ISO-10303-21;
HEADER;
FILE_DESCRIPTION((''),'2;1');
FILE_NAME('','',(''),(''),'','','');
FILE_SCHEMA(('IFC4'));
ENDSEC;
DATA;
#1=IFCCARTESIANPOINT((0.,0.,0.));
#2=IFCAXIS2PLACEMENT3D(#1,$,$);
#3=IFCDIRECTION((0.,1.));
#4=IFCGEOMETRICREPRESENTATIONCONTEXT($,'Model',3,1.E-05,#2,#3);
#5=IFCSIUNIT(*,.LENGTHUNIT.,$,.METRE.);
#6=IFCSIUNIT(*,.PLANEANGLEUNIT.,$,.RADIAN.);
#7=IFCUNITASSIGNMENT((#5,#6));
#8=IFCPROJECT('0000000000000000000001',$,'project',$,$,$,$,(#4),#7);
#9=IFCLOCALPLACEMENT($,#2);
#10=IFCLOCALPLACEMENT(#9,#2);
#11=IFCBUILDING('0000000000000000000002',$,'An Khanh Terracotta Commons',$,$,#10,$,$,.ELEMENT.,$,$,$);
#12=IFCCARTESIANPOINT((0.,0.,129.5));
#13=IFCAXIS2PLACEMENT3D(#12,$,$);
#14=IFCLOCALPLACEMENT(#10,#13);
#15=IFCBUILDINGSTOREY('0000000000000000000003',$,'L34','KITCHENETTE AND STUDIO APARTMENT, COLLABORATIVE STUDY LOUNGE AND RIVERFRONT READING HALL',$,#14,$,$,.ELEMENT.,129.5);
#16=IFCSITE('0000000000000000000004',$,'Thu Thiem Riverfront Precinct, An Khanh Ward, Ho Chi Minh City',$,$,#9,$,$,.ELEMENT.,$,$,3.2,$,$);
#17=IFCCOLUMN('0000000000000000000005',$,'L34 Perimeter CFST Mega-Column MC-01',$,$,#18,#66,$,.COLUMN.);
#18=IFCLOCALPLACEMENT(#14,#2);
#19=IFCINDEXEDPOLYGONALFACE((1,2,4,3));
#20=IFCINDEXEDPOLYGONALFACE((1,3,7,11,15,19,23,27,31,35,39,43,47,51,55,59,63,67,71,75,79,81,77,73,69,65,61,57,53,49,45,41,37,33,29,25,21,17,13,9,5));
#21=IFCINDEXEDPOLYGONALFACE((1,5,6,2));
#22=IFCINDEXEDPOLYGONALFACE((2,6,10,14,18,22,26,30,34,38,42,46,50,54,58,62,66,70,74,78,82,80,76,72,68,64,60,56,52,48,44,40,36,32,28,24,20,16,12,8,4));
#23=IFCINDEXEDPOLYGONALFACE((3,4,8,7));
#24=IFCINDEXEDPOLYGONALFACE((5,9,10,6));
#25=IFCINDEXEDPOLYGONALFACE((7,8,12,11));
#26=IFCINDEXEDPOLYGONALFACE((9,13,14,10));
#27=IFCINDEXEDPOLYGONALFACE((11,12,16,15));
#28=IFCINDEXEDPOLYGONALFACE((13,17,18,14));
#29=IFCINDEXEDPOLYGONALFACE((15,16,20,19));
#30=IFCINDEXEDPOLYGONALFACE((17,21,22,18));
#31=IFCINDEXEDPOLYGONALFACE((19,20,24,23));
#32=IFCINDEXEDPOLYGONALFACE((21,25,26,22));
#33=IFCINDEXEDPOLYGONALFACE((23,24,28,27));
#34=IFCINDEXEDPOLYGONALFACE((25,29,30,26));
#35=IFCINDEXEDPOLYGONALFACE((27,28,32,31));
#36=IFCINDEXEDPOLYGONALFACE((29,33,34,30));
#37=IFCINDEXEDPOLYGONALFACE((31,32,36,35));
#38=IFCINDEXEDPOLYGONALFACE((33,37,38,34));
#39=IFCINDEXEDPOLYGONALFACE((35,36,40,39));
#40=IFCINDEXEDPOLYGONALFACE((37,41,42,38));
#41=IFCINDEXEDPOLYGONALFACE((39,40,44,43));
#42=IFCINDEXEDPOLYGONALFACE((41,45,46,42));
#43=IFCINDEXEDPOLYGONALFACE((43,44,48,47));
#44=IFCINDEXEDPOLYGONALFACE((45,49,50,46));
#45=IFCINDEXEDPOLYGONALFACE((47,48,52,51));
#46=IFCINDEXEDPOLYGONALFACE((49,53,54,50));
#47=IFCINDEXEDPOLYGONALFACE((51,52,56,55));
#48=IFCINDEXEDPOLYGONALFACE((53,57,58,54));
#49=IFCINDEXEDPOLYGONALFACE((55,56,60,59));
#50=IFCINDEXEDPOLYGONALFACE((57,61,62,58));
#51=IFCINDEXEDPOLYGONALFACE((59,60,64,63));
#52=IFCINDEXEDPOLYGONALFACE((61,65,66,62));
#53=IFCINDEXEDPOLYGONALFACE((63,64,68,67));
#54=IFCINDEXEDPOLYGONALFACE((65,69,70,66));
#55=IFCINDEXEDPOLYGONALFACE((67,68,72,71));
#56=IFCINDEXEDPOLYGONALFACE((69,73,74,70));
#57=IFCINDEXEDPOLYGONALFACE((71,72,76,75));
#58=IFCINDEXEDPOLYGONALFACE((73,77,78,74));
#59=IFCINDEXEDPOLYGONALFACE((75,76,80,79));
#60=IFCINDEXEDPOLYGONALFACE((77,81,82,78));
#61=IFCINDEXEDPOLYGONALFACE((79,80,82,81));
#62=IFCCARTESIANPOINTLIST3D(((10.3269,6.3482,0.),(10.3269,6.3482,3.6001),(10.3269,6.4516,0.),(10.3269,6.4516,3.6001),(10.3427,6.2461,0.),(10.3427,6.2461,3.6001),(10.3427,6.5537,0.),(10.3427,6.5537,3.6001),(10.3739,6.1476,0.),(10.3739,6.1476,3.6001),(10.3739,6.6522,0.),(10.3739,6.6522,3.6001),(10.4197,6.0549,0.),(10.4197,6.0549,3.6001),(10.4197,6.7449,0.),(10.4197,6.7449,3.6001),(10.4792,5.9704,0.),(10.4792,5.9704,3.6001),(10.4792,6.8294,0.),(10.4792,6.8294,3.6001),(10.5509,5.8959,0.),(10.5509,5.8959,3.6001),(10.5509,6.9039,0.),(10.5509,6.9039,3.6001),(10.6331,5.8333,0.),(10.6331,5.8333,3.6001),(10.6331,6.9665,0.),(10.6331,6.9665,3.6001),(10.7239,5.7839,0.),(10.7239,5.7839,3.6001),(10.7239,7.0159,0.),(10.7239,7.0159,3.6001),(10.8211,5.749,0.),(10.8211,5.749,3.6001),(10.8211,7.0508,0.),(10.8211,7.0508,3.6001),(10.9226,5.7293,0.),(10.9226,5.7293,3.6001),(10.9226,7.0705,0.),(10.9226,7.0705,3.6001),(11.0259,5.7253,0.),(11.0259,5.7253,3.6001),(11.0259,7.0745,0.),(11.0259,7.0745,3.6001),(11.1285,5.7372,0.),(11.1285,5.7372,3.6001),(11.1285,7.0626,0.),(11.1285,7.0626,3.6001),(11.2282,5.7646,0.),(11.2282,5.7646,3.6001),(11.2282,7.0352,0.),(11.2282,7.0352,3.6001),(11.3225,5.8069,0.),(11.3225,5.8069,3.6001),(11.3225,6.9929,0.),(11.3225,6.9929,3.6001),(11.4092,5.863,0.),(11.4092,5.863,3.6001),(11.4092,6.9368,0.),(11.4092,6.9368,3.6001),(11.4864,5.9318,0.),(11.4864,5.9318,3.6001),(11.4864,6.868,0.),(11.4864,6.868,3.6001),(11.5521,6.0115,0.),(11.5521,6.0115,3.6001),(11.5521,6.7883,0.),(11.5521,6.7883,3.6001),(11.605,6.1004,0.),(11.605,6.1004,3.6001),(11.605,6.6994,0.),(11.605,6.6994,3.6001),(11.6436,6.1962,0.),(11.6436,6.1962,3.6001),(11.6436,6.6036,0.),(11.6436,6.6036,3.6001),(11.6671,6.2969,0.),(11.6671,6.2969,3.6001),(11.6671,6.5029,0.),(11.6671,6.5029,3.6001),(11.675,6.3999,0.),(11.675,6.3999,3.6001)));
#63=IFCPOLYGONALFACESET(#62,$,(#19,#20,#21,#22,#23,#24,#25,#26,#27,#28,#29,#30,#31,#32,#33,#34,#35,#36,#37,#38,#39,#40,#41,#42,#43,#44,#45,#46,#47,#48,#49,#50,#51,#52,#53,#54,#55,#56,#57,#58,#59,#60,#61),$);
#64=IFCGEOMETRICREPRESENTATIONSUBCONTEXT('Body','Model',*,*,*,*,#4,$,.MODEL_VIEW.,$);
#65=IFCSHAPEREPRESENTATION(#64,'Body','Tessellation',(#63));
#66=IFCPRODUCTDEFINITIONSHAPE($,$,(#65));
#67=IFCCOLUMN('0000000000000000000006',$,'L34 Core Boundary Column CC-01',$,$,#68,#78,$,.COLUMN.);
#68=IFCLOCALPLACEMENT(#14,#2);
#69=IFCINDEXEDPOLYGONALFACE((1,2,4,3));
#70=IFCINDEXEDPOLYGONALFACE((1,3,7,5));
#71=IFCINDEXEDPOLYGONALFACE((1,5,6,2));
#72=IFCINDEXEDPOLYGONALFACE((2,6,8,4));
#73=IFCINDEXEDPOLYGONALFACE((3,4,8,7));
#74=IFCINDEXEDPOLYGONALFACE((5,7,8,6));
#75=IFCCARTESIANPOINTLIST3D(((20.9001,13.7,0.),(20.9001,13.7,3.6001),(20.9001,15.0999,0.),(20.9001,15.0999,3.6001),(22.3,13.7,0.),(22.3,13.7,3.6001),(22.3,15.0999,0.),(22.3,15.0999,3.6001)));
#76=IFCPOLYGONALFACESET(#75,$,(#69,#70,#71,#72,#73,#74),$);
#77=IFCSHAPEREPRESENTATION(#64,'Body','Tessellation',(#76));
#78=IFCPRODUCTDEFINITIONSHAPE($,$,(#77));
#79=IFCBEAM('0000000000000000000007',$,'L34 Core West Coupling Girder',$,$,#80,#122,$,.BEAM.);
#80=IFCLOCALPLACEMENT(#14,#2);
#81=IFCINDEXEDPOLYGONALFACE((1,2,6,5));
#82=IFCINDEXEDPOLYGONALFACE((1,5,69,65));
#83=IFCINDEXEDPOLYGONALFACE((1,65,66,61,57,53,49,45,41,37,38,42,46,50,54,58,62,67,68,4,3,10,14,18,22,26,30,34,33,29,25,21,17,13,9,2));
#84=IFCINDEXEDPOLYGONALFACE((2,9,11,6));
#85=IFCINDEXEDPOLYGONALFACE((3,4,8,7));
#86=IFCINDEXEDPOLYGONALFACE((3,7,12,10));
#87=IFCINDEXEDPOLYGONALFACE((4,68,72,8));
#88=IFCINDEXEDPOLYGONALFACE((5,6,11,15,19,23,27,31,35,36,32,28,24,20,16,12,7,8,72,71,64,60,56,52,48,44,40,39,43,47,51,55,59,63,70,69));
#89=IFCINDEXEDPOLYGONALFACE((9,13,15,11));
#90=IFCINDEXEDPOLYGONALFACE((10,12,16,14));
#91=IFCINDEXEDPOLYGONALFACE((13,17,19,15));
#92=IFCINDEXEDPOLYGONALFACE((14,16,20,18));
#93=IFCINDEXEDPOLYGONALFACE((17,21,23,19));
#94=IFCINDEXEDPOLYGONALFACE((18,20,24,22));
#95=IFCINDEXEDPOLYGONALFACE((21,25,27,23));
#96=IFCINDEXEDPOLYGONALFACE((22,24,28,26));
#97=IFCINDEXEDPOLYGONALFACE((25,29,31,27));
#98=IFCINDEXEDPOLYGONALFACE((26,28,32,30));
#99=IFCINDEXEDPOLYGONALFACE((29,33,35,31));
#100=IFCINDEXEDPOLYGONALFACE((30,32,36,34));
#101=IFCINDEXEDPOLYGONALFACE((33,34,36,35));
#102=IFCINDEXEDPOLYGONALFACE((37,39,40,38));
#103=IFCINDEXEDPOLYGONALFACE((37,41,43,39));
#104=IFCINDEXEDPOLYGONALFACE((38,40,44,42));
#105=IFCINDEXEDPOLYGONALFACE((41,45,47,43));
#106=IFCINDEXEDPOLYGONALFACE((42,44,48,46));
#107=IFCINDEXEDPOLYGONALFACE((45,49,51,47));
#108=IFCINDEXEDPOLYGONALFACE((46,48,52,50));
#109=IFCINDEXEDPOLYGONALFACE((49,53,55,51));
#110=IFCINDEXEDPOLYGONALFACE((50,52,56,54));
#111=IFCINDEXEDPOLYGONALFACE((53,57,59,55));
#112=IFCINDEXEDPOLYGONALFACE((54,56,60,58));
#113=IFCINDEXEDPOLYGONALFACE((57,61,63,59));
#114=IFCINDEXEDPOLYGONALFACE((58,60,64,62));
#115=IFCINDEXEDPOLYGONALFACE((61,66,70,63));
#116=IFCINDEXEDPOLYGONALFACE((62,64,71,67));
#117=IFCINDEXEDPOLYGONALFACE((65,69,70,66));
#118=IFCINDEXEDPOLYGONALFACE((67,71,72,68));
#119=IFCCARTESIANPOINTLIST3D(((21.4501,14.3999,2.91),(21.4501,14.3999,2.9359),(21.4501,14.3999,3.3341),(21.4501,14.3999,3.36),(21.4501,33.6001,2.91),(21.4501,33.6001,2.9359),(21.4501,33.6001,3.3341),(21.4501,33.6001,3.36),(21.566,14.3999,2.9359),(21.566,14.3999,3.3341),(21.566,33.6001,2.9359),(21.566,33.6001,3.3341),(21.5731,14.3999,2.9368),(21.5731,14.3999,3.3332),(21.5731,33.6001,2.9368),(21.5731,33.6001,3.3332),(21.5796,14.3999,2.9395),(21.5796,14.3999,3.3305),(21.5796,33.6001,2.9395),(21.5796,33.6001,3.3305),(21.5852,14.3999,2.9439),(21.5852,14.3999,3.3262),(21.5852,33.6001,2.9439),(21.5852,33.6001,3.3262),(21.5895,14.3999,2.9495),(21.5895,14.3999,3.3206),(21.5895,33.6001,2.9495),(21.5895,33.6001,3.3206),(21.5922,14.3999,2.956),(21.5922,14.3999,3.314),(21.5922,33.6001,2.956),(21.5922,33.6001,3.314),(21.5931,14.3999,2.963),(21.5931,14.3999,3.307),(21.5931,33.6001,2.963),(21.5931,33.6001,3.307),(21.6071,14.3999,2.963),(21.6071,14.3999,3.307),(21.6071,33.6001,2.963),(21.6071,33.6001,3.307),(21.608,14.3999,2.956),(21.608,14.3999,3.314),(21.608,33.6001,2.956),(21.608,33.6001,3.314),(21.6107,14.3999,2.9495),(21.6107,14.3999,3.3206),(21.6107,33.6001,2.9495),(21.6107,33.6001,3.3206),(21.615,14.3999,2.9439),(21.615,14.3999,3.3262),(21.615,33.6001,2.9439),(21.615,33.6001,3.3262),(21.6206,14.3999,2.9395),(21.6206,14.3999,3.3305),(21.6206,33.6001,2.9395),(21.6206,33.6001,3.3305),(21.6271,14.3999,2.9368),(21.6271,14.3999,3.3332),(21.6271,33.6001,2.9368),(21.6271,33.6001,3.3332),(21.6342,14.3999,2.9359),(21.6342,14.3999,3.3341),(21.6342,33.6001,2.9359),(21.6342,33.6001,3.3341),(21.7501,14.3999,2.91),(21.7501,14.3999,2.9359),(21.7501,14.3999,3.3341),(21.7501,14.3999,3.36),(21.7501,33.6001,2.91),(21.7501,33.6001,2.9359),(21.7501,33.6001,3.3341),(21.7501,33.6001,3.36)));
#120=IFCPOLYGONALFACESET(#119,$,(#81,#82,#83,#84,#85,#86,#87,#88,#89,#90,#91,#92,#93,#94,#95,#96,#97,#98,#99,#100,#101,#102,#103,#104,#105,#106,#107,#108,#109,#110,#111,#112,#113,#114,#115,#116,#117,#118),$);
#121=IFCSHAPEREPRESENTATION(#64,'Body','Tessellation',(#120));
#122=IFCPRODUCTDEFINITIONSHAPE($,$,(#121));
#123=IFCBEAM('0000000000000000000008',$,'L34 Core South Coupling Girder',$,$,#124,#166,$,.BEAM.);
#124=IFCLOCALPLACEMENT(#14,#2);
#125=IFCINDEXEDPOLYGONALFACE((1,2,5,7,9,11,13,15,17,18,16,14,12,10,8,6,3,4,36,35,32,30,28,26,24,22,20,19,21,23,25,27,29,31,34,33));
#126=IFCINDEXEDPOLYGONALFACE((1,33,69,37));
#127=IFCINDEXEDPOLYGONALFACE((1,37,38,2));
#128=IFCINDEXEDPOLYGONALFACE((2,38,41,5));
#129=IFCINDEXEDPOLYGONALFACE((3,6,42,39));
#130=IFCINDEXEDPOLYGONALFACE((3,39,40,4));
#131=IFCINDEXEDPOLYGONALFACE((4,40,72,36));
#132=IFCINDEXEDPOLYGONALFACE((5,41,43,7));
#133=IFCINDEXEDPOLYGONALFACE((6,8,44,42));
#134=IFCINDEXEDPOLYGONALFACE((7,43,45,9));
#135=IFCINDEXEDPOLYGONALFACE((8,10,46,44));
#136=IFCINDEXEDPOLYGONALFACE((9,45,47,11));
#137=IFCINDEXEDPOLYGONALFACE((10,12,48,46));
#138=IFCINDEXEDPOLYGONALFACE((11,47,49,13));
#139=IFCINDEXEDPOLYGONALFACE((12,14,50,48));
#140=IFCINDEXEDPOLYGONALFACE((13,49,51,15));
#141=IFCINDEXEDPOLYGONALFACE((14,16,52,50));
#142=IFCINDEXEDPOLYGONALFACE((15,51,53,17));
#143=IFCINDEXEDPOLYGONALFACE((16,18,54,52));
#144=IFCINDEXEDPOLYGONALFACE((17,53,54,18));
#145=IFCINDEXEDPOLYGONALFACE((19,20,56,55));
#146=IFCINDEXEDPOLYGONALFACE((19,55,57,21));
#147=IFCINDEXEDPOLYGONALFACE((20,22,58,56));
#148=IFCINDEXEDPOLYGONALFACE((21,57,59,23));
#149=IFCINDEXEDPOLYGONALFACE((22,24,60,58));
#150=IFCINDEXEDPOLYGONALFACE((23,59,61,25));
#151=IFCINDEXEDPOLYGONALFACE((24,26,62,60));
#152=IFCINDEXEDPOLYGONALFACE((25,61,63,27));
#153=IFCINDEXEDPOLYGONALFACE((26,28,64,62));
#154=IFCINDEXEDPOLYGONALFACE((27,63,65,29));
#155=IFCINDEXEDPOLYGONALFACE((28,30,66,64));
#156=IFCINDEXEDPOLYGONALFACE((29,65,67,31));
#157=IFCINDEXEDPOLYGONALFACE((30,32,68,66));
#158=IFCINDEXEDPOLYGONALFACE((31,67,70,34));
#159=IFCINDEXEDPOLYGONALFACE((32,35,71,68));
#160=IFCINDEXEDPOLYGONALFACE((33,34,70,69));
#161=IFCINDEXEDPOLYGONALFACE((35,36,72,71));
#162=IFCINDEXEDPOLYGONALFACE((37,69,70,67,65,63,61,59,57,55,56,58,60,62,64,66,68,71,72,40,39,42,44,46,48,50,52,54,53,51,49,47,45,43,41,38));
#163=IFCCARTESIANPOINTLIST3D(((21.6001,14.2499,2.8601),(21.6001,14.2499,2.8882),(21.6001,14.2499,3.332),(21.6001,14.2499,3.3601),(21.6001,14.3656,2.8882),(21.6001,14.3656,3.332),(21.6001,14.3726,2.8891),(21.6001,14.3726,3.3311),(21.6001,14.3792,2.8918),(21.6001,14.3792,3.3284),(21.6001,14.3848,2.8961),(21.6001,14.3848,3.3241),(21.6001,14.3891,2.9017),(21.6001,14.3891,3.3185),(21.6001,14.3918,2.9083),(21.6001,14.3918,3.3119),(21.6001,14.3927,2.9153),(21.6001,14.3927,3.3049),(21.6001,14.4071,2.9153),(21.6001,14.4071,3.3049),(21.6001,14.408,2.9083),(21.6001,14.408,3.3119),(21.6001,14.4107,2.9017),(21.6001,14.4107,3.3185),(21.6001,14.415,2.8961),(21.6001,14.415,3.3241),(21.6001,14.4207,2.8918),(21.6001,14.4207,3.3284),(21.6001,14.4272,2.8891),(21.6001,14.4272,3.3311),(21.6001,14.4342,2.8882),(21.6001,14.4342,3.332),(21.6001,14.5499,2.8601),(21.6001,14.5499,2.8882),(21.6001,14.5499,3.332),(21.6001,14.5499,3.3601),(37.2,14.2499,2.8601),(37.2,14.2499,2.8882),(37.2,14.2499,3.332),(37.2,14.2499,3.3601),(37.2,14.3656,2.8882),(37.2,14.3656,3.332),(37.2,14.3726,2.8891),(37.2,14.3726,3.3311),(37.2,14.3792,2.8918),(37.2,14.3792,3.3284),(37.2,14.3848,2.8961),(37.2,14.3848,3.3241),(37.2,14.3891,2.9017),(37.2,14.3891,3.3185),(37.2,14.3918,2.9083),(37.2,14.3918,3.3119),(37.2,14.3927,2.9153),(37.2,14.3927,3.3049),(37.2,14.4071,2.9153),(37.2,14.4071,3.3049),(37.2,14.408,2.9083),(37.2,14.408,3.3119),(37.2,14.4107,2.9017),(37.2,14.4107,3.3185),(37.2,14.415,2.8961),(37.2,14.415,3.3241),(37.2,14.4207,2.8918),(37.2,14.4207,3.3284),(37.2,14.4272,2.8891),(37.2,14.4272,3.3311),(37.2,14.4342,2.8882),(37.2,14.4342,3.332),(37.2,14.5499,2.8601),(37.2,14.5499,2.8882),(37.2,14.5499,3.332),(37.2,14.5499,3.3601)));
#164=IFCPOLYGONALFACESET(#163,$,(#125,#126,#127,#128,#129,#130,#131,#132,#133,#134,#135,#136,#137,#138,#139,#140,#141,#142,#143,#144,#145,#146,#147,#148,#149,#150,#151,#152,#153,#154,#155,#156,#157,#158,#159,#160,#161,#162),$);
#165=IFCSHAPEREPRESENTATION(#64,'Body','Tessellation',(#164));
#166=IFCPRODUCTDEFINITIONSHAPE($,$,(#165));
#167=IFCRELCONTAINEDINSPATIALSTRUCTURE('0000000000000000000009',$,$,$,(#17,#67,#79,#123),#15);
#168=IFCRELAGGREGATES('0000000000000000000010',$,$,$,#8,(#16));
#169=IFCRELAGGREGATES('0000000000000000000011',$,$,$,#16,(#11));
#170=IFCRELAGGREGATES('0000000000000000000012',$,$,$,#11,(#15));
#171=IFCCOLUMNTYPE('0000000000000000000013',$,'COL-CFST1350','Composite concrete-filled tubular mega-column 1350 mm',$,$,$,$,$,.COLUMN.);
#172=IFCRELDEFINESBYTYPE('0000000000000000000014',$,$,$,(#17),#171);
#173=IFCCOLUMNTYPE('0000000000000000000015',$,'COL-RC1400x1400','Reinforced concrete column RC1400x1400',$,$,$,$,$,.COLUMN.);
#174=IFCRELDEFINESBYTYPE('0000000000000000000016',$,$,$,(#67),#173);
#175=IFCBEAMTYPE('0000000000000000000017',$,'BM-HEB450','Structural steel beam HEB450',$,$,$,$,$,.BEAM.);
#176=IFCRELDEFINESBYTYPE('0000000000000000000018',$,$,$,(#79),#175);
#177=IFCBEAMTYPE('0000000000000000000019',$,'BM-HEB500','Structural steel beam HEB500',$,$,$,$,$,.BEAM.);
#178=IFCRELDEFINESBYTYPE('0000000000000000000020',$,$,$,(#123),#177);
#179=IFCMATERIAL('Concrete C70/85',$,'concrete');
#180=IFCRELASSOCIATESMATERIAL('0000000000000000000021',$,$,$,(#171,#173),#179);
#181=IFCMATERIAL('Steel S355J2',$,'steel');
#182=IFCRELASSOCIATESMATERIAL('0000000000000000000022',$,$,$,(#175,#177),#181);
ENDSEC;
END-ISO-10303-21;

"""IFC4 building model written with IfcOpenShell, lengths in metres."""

from ifc_helpers import new_model, si_unit, direction, frame, origin, origin_2d, place, context, subcontext, project, spatial, rectangle, circle, i_section, extrude, material, material_profile, profile_set, type_object, element, save


model = new_model("IFC4")

# Units and contexts
model_context = context("Model", 3, precision=1e-05, world=origin(), true_north=direction((0.0, 1.0)))
body_context = subcontext(model_context, "Body", "Model", "MODEL_VIEW")
ifc_project = project(units=[si_unit("LENGTHUNIT", "METRE"), si_unit("PLANEANGLEUNIT", "RADIAN")], contexts=[model_context])

# Site, building, storey
site_placement = place(None, origin())
site = spatial("IfcSite", under=ifc_project, at=site_placement, Name="Thu Thiem Riverfront Precinct, An Khanh Ward, Ho Chi Minh City", CompositionType="ELEMENT", RefElevation=3.2)
building_placement = place(site_placement, origin())
building = spatial("IfcBuilding", under=site, at=building_placement, Name="An Khanh Terracotta Commons", CompositionType="ELEMENT")
storey_placement = place(building_placement, frame((0.0, 0.0, 129.5)))
storey = spatial("IfcBuildingStorey", under=building, at=storey_placement, Name="L34", Description="KITCHENETTE AND STUDIO APARTMENT, COLLABORATIVE STUDY LOUNGE AND RIVERFRONT READING HALL", CompositionType="ELEMENT", Elevation=129.5)

# Columns
ifc_material_1 = material(Name="Concrete C70/85", Category="concrete")
ifc_material_profile_1 = material_profile(ifc_material_1, circle(Radius=0.675, at=origin_2d()), Name="CFST1350")
ifc_profile_set_1 = profile_set([ifc_material_profile_1], Name="Concrete C70/85")
column_type_1 = type_object("IfcColumnType", Name="COL-CFST1350", Description="Composite concrete-filled tubular mega-column 1350 mm", PredefinedType="COLUMN", material=ifc_profile_set_1)
column_1_placement = place(storey_placement, frame((11.0, 6.3999, 0.0), z_axis=(0.0, 0.0, 1.0), x_axis=(1.0, 0.0, 0.0)))
element("IfcColumn", 1, at=column_1_placement, inside=storey, type_object=column_type_1, Name="L34 Perimeter CFST Mega-Column MC-01", PredefinedType="COLUMN", context=body_context, shape_type="SweptSolid", body=[
    extrude(circle(Radius=0.675, at=origin_2d()), origin(), (0.0, 0.0, 1.0), 3.6001),
])
ifc_material_profile_2 = material_profile(ifc_material_1, rectangle(XDim=1.3999, YDim=1.3999, at=origin_2d()), Name="RC1400x1400")
ifc_profile_set_2 = profile_set([ifc_material_profile_2], Name="Concrete C70/85")
column_type_2 = type_object("IfcColumnType", Name="COL-RC1400x1400", Description="Reinforced concrete column RC1400x1400", PredefinedType="COLUMN", material=ifc_profile_set_2)
column_2_placement = place(storey_placement, frame((21.6001, 14.3999, 0.0), z_axis=(0.0, 0.0, 1.0), x_axis=(1.0, 0.0, 0.0)))
element("IfcColumn", 2, at=column_2_placement, inside=storey, type_object=column_type_2, Name="L34 Core Boundary Column CC-01", PredefinedType="COLUMN", context=body_context, shape_type="SweptSolid", body=[
    extrude(rectangle(XDim=1.3999, YDim=1.3999, at=origin_2d()), origin(), (0.0, 0.0, 1.0), 3.6001),
])

# Beams
ifc_material_2 = material(Name="Steel S355J2", Category="steel")
ifc_material_profile_3 = material_profile(ifc_material_2, i_section(OverallWidth=0.3, OverallDepth=0.45, WebThickness=0.0139, FlangeThickness=0.0259, FilletRadius=0.0271, at=origin_2d()), Name="HEB450")
ifc_profile_set_3 = profile_set([ifc_material_profile_3], Name="Steel S355J2")
beam_type_1 = type_object("IfcBeamType", Name="BM-HEB450", Description="Structural steel beam HEB450", PredefinedType="BEAM", material=ifc_profile_set_3)
beam_1_placement = place(storey_placement, frame((21.6001, 14.3999, 3.135), z_axis=(0.0, 1.0, 0.0), x_axis=(-1.0, 0.0, 0.0)))
element("IfcBeam", 3, at=beam_1_placement, inside=storey, type_object=beam_type_1, Name="L34 Core West Coupling Girder", PredefinedType="BEAM", context=body_context, shape_type="SweptSolid", body=[
    extrude(i_section(OverallWidth=0.3, OverallDepth=0.45, WebThickness=0.0139, FlangeThickness=0.0259, FilletRadius=0.0271, at=origin_2d()), origin(), (0.0, 0.0, 1.0), 19.2002),
])
ifc_material_profile_4 = material_profile(ifc_material_2, i_section(OverallWidth=0.3, OverallDepth=0.5, WebThickness=0.0144, FlangeThickness=0.0281, FilletRadius=0.0271, at=origin_2d()), Name="HEB500")
ifc_profile_set_4 = profile_set([ifc_material_profile_4], Name="Steel S355J2")
beam_type_2 = type_object("IfcBeamType", Name="BM-HEB500", Description="Structural steel beam HEB500", PredefinedType="BEAM", material=ifc_profile_set_4)
beam_2_placement = place(storey_placement, frame((21.6001, 14.3999, 3.1101), z_axis=(1.0, 0.0, 0.0), x_axis=(0.0, 1.0, 0.0)))
element("IfcBeam", 4, at=beam_2_placement, inside=storey, type_object=beam_type_2, Name="L34 Core South Coupling Girder", PredefinedType="BEAM", context=body_context, shape_type="SweptSolid", body=[
    extrude(i_section(OverallWidth=0.3, OverallDepth=0.5, WebThickness=0.0144, FlangeThickness=0.0281, FilletRadius=0.0271, at=origin_2d()), origin(), (0.0, 0.0, 1.0), 15.5999),
])

save(model, "model.ifc")
